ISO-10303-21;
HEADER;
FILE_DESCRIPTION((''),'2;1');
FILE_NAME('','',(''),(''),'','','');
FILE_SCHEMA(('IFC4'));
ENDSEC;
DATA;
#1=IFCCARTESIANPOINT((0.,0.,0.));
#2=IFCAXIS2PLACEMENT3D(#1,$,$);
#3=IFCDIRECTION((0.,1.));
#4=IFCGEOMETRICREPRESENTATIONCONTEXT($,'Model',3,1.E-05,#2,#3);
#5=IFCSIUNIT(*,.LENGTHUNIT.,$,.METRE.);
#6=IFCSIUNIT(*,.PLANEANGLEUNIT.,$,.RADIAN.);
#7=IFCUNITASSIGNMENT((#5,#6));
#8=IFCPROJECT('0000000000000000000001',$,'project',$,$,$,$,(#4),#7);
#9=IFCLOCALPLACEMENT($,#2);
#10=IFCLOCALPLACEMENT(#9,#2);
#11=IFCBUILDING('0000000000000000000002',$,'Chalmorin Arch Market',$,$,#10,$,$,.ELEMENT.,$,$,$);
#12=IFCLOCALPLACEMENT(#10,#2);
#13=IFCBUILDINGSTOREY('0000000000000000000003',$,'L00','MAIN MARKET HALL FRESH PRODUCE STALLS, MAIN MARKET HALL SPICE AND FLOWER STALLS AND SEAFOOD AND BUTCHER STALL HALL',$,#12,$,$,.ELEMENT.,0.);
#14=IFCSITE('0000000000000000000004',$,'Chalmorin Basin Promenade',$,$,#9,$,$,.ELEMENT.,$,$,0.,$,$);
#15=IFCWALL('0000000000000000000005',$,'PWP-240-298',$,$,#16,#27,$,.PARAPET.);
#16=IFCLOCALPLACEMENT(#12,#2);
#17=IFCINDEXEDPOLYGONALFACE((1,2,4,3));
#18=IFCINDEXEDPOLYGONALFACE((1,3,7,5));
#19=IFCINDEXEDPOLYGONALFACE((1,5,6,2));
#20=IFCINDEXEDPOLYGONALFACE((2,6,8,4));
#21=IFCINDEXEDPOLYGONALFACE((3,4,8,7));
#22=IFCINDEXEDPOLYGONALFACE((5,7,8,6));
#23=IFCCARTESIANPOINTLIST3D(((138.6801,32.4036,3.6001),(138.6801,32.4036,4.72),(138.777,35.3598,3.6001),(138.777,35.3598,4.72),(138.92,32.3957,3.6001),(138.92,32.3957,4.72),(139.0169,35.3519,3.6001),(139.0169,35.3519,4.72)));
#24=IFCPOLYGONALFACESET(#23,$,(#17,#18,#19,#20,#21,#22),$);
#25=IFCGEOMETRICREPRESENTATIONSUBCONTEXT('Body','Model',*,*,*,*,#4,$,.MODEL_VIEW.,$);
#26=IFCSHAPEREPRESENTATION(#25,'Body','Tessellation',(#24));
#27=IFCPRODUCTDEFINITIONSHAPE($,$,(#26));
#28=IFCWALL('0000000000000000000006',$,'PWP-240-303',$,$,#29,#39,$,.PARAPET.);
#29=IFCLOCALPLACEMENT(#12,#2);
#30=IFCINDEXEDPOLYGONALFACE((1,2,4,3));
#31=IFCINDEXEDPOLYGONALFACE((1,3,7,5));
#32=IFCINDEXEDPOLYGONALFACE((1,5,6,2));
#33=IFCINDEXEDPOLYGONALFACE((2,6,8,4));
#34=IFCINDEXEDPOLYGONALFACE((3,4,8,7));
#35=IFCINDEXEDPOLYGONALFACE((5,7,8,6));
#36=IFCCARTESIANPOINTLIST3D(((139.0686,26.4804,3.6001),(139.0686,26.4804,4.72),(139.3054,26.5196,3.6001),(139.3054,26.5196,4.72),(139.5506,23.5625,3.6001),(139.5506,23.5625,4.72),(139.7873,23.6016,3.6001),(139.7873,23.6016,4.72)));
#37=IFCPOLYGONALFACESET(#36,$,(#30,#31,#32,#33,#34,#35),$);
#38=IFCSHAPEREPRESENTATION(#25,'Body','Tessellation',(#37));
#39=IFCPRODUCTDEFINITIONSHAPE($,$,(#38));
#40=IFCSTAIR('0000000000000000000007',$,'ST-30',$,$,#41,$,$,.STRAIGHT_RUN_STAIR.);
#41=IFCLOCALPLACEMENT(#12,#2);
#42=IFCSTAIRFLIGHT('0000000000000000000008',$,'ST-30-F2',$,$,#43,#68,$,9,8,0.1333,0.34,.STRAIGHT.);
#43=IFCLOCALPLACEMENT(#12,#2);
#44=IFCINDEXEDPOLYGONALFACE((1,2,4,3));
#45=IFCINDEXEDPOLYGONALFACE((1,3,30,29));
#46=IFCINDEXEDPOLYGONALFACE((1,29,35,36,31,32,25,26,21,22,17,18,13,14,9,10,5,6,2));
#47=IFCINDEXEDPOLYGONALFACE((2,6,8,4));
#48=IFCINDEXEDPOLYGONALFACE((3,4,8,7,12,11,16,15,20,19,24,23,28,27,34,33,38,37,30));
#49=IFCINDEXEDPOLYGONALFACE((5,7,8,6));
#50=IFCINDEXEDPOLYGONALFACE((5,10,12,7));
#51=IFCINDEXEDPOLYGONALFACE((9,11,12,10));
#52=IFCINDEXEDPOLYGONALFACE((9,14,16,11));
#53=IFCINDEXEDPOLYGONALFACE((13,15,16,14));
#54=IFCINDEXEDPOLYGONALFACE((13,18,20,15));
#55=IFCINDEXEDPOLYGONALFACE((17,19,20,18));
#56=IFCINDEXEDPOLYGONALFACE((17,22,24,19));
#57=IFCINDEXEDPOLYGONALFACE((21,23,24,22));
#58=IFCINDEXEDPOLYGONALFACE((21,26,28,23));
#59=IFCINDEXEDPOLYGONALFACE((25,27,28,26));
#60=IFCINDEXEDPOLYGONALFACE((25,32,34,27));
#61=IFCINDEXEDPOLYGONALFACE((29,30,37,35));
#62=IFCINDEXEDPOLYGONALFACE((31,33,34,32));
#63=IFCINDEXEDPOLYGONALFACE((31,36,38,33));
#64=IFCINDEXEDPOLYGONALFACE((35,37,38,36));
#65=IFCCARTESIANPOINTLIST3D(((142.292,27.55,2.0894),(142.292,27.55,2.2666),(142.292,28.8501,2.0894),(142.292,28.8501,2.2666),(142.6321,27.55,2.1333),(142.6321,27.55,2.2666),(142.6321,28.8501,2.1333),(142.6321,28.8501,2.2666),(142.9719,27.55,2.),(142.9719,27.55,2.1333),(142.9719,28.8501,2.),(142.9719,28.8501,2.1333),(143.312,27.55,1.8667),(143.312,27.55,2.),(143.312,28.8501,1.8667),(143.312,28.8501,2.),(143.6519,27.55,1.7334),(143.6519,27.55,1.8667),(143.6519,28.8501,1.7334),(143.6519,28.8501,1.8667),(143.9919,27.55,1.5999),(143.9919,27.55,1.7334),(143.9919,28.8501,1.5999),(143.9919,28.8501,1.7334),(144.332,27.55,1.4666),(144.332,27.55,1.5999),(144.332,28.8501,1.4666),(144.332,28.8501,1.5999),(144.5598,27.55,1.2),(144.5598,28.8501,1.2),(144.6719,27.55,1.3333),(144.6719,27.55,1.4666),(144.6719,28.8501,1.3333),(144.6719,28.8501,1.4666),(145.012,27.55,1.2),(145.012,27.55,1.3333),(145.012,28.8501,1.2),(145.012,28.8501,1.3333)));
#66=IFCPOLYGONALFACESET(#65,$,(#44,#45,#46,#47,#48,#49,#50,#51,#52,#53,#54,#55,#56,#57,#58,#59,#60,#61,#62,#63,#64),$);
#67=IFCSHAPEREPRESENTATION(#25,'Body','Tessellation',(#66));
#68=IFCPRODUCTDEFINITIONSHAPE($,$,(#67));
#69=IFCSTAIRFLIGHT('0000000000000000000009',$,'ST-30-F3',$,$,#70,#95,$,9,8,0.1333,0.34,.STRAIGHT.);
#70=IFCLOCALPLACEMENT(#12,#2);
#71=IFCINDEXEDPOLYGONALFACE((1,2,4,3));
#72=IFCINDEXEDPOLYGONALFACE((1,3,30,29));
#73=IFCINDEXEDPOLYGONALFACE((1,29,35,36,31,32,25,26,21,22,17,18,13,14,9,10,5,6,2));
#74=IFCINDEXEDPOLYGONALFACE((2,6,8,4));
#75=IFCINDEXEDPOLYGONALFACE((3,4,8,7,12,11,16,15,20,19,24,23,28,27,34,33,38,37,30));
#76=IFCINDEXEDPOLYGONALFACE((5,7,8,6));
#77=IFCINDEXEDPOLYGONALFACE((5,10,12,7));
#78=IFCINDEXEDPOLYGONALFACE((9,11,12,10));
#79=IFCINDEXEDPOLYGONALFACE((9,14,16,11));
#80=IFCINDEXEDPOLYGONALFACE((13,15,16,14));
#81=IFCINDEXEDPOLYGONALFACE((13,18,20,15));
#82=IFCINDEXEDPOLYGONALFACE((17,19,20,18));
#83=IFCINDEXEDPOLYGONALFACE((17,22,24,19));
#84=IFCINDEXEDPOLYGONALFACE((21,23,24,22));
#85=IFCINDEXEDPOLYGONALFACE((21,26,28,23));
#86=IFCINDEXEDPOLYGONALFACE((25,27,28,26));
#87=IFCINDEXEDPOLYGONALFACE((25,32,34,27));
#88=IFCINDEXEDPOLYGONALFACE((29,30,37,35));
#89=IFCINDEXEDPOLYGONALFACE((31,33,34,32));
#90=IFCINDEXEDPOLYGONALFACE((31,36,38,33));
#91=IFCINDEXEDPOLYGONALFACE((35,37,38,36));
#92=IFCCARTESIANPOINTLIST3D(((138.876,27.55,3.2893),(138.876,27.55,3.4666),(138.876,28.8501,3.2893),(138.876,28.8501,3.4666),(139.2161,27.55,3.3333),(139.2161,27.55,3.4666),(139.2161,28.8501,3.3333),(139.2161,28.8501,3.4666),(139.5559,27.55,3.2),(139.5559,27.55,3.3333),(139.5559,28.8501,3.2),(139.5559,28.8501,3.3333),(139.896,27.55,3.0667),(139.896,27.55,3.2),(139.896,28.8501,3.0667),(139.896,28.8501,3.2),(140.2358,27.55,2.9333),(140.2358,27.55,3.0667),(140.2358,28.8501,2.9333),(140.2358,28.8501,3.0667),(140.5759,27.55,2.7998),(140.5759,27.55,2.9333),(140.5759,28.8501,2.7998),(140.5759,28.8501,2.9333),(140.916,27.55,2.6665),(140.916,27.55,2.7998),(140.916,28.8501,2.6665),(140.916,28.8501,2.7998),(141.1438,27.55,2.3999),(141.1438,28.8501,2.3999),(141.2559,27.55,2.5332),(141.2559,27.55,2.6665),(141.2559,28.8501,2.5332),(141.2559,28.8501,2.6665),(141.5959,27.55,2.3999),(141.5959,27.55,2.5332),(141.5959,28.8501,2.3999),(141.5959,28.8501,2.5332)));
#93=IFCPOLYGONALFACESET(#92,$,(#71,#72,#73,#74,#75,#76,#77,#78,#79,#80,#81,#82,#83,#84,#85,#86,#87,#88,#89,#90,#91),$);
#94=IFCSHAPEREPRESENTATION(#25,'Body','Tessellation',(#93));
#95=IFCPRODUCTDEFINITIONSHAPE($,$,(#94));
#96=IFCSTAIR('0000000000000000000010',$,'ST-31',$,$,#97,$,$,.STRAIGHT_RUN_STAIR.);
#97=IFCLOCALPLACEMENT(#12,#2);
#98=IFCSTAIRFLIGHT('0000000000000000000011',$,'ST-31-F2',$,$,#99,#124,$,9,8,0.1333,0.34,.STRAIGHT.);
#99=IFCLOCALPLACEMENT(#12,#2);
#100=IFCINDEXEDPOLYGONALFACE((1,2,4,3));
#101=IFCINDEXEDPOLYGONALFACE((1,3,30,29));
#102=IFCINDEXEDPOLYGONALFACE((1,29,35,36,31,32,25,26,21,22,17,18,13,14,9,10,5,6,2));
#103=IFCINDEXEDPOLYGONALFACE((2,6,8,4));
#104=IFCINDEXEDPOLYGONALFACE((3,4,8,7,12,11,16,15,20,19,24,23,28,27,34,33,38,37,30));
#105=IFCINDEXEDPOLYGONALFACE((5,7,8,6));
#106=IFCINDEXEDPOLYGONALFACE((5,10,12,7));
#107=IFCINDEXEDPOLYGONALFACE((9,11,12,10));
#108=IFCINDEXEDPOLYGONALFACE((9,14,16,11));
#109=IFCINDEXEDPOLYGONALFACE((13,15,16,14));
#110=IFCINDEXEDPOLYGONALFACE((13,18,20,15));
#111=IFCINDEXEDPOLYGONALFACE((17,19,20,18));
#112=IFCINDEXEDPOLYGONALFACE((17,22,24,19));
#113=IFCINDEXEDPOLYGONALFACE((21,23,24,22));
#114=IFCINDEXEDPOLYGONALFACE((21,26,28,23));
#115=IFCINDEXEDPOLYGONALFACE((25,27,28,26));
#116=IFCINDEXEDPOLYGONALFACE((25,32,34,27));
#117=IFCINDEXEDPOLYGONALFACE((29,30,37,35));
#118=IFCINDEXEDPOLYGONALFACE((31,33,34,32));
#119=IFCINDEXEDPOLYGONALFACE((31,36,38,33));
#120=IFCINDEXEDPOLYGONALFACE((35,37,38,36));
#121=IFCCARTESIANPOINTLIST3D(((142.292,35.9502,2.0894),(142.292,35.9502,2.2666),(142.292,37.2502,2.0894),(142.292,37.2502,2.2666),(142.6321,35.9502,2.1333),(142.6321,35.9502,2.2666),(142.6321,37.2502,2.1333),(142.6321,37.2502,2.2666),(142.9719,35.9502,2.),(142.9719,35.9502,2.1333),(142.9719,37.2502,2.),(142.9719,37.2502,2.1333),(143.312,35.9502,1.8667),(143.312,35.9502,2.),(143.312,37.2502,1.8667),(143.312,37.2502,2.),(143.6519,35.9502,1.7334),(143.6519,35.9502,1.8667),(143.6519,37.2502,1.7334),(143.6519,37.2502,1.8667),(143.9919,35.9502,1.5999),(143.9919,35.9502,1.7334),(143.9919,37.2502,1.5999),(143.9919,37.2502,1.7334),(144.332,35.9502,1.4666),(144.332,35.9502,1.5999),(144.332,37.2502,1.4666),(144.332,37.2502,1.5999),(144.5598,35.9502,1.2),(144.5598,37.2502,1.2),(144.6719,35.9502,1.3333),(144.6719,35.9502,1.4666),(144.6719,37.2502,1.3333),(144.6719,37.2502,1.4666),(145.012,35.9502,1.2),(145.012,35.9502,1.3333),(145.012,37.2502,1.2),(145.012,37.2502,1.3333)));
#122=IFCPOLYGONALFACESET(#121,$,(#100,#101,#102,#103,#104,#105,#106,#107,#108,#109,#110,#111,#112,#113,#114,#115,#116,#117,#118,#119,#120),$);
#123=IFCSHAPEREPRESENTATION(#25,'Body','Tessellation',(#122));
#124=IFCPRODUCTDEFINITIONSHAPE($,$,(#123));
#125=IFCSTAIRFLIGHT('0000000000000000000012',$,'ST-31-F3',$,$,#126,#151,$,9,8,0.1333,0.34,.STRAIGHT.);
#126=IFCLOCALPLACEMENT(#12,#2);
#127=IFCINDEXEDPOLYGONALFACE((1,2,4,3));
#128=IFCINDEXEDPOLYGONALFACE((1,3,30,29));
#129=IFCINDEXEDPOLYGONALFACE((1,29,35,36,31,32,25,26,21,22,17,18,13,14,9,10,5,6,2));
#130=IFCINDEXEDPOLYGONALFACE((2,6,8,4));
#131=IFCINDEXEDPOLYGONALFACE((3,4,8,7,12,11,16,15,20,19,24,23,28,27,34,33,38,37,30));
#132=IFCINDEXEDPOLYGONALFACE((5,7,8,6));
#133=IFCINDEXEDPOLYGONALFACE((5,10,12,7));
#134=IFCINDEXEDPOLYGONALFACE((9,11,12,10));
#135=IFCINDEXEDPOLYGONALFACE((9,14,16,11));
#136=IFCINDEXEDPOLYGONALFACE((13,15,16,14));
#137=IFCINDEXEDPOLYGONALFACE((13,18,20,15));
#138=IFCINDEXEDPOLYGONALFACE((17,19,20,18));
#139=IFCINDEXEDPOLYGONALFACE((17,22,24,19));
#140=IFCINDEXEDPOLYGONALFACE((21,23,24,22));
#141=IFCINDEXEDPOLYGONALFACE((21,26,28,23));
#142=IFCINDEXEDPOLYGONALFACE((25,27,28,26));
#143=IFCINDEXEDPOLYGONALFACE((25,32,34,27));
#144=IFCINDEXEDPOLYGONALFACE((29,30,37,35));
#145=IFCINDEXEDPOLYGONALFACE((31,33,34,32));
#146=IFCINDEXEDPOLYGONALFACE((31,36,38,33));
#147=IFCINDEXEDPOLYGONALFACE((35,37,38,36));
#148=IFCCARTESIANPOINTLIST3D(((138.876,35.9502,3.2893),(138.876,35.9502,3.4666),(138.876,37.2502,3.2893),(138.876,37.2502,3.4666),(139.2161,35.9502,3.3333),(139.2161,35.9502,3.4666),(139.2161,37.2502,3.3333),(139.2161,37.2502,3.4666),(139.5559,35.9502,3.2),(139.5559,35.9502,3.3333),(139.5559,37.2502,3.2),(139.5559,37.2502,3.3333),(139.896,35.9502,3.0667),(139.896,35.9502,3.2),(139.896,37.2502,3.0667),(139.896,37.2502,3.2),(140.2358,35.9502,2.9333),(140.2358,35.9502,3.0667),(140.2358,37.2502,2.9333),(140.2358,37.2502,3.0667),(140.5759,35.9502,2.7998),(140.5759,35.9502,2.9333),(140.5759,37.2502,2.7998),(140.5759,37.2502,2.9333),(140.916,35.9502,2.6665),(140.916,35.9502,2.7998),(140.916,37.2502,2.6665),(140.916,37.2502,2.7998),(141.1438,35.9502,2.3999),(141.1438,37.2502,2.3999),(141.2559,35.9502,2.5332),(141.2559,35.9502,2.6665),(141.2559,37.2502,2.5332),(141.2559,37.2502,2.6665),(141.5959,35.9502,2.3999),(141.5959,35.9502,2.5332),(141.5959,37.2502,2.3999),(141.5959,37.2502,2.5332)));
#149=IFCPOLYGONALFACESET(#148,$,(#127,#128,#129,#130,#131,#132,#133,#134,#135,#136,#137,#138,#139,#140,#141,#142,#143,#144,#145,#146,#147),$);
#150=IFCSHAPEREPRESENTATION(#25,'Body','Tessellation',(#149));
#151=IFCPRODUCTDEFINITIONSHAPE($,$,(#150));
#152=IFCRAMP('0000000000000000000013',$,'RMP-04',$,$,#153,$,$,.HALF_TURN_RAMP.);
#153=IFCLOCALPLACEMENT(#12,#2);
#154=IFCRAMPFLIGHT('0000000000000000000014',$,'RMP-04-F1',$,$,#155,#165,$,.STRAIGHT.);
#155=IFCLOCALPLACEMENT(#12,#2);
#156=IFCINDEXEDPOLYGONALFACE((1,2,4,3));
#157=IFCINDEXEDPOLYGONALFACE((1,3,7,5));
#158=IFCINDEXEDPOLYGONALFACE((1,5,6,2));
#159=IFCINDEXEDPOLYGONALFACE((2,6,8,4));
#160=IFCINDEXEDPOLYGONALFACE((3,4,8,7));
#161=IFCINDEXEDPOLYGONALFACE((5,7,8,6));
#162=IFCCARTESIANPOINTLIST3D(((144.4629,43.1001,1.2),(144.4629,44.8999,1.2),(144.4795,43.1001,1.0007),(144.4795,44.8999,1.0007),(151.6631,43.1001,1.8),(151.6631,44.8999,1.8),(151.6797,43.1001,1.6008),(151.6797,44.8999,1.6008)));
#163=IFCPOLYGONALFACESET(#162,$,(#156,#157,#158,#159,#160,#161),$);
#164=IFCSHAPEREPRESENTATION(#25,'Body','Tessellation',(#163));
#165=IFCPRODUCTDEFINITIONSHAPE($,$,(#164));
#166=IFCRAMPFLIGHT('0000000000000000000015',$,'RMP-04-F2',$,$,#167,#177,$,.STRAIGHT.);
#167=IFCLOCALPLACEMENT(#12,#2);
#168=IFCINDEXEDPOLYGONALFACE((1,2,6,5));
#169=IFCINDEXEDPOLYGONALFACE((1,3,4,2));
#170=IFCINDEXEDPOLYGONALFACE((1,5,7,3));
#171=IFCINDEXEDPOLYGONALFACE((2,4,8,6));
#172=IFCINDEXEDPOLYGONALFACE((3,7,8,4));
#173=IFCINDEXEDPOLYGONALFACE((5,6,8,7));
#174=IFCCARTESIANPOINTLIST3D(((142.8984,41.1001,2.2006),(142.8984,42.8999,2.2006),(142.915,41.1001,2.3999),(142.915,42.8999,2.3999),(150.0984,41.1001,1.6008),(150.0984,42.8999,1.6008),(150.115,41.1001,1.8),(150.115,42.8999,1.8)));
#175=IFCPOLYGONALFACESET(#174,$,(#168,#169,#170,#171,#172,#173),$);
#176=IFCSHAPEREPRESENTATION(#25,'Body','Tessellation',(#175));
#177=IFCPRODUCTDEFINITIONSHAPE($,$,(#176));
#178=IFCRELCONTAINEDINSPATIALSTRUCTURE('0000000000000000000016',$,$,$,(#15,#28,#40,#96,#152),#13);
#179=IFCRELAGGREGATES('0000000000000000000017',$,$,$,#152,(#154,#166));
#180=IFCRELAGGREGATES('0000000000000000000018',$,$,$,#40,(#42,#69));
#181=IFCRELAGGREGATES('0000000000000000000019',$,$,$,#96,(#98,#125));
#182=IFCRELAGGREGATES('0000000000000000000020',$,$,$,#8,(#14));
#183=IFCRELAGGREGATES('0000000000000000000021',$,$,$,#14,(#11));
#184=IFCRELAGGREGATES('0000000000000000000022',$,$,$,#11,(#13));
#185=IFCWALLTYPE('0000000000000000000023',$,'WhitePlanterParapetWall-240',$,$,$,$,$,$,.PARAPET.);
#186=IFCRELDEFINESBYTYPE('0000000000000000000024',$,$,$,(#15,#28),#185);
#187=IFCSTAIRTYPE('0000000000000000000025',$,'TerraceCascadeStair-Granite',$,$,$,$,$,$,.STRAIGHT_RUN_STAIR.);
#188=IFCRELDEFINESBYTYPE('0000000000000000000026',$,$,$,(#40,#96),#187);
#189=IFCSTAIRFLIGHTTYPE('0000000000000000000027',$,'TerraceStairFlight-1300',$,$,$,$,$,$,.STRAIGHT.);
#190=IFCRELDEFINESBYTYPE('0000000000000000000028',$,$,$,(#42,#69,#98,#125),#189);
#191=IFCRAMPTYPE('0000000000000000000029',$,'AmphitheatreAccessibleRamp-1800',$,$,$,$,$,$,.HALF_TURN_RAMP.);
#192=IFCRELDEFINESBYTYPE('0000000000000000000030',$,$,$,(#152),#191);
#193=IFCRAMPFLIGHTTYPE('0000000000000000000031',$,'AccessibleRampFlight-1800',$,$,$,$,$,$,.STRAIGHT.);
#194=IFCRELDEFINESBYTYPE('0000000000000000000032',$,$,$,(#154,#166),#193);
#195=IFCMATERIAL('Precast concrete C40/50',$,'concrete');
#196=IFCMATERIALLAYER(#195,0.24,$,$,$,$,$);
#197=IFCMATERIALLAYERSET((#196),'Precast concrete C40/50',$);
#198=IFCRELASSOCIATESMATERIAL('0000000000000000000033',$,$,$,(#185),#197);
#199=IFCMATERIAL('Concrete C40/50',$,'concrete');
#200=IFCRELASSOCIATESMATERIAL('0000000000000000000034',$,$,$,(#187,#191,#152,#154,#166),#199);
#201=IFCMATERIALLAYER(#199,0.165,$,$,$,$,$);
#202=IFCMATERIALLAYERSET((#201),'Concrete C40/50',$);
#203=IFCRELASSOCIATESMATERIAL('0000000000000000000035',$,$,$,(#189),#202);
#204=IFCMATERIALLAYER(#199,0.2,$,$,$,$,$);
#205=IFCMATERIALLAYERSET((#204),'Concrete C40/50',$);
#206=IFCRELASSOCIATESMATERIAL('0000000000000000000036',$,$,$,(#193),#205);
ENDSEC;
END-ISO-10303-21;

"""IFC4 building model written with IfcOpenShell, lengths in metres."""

from ifc_helpers import new_model, si_unit, direction, frame, frame_2d, origin, place, context, subcontext, project, spatial, polyline, rectangle, outline, extrude, material, layer, layer_set, type_object, element, aggregate, save


model = new_model("IFC4")

# Units and contexts
model_context = context("Model", 3, precision=1e-05, world=origin(), true_north=direction((0.0, 1.0)))
body_context = subcontext(model_context, "Body", "Model", "MODEL_VIEW")
ifc_project = project(units=[si_unit("LENGTHUNIT", "METRE"), si_unit("PLANEANGLEUNIT", "RADIAN")], contexts=[model_context])

# Site, building, storey
site_placement = place(None, origin())
site = spatial("IfcSite", under=ifc_project, at=site_placement, Name="Chalmorin Basin Promenade", CompositionType="ELEMENT", RefElevation=0.0)
building_placement = place(site_placement, origin())
building = spatial("IfcBuilding", under=site, at=building_placement, Name="Chalmorin Arch Market", CompositionType="ELEMENT")
storey_placement = place(building_placement, origin())
storey = spatial("IfcBuildingStorey", under=building, at=storey_placement, Name="L00", Description="MAIN MARKET HALL FRESH PRODUCE STALLS, MAIN MARKET HALL SPICE AND FLOWER STALLS AND SEAFOOD AND BUTCHER STALL HALL", CompositionType="ELEMENT", Elevation=0.0)

# Shared definitions
ifc_material_1 = material(Name="Concrete C40/50", Category="concrete")

# Walls
ifc_material_2 = material(Name="Precast concrete C40/50", Category="concrete")
ifc_layer_1 = layer(ifc_material_2, 0.24)
ifc_layer_set_1 = layer_set([ifc_layer_1], Name="Precast concrete C40/50")
wall_type_1 = type_object("IfcWallType", Name="WhitePlanterParapetWall-240", PredefinedType="PARAPET", material=ifc_layer_set_1)
wall_1_placement = place(storey_placement, frame((138.897, 35.356, 3.6001), z_axis=(0.0, 0.0, 1.0), x_axis=(-0.032771, -0.999463, 0.0)))
element("IfcWall", 1, at=wall_1_placement, inside=storey, type_object=wall_type_1, Name="PWP-240-298", PredefinedType="PARAPET", context=body_context, shape_type="SweptSolid", body=[
    extrude(rectangle(XDim=2.9578, YDim=0.24, at=frame_2d((1.479, 0.0))), origin(), (0.0, 0.0, 1.0), 1.1199),
])
wall_2_placement = place(storey_placement, frame((139.187, 26.5, 3.6001), z_axis=(0.0, 0.0, 1.0), x_axis=(0.162953, -0.986634, 0.0)))
element("IfcWall", 2, at=wall_2_placement, inside=storey, type_object=wall_type_1, Name="PWP-240-303", PredefinedType="PARAPET", context=body_context, shape_type="SweptSolid", body=[
    extrude(rectangle(XDim=2.9575, YDim=0.24, at=frame_2d((1.4788, 0.0))), origin(), (0.0, 0.0, 1.0), 1.1199),
])

# Stairs, stair flights
stair_type = type_object("IfcStairType", Name="TerraceCascadeStair-Granite", PredefinedType="STRAIGHT_RUN_STAIR", material=ifc_material_1)
stair_1_placement = place(storey_placement, origin())
stair_1 = element("IfcStair", 3, at=stair_1_placement, inside=storey, type_object=stair_type, Name="ST-30", PredefinedType="STRAIGHT_RUN_STAIR")
ifc_layer_2 = layer(ifc_material_1, 0.165)
ifc_layer_set_2 = layer_set([ifc_layer_2], Name="Concrete C40/50")
stair_flight_type = type_object("IfcStairFlightType", Name="TerraceStairFlight-1300", PredefinedType="STRAIGHT", material=ifc_layer_set_2)
stair_flight_1_placement = place(storey_placement, frame((145.012, 28.2, 1.2), z_axis=(0.0, 0.0, 1.0), x_axis=(-1.0, 0.0, 0.0)))
stair_flight_1 = element("IfcStairFlight", 4, at=stair_flight_1_placement, type_object=stair_flight_type, Name="ST-30-F2", NumberOfRisers=9, NumberOfTreads=8, PredefinedType="STRAIGHT", RiserHeight=0.1333, TreadLength=0.34, context=body_context, shape_type="SweptSolid", body=[
    extrude(outline(polyline([(0.0, 0.0), (0.0, 0.1333), (0.3401, 0.1333), (0.3401, 0.2666), (0.6799, 0.2666), (0.6799, 0.3999), (1.02, 0.3999), (1.02, 0.5334), (1.3601, 0.5334), (1.3601, 0.6667), (1.7, 0.6667), (1.7, 0.8), (2.04, 0.8), (2.04, 0.9333), (2.3799, 0.9333), (2.3799, 1.0667), (2.72, 1.0667), (2.72, 1.2), (2.72, 0.8894), (0.4521, 0.0), (0.0, 0.0)])), frame((0.0, 0.6499, 0.0), z_axis=(0.0, -1.0, 0.0), x_axis=(1.0, 0.0, 0.0)), (0.0, 0.0, 1.0), 1.3),
])
stair_flight_2_placement = place(storey_placement, frame((141.5959, 28.2, 2.3999), z_axis=(0.0, 0.0, 1.0), x_axis=(-1.0, 0.0, 0.0)))
stair_flight_2 = element("IfcStairFlight", 5, at=stair_flight_2_placement, type_object=stair_flight_type, Name="ST-30-F3", NumberOfRisers=9, NumberOfTreads=8, PredefinedType="STRAIGHT", RiserHeight=0.1333, TreadLength=0.34, context=body_context, shape_type="SweptSolid", body=[
    extrude(outline(polyline([(0.0, 0.0), (0.0, 0.1333), (0.3401, 0.1333), (0.3401, 0.2666), (0.6799, 0.2666), (0.6799, 0.3999), (1.02, 0.3999), (1.02, 0.5334), (1.3601, 0.5334), (1.3601, 0.6667), (1.7, 0.6667), (1.7, 0.8), (2.04, 0.8), (2.04, 0.9333), (2.3799, 0.9333), (2.3799, 1.0667), (2.72, 1.0667), (2.72, 1.2), (2.72, 0.8894), (0.4521, 0.0), (0.0, 0.0)])), frame((0.0, 0.6499, 0.0), z_axis=(0.0, -1.0, 0.0), x_axis=(1.0, 0.0, 0.0)), (0.0, 0.0, 1.0), 1.3),
])
stair_2_placement = place(storey_placement, origin())
stair_2 = element("IfcStair", 6, at=stair_2_placement, inside=storey, type_object=stair_type, Name="ST-31", PredefinedType="STRAIGHT_RUN_STAIR")
stair_flight_3_placement = place(storey_placement, frame((145.012, 36.6001, 1.2), z_axis=(0.0, 0.0, 1.0), x_axis=(-1.0, 0.0, 0.0)))
stair_flight_3 = element("IfcStairFlight", 7, at=stair_flight_3_placement, type_object=stair_flight_type, Name="ST-31-F2", NumberOfRisers=9, NumberOfTreads=8, PredefinedType="STRAIGHT", RiserHeight=0.1333, TreadLength=0.34, context=body_context, shape_type="SweptSolid", body=[
    extrude(outline(polyline([(0.0, 0.0), (0.0, 0.1333), (0.3401, 0.1333), (0.3401, 0.2666), (0.6799, 0.2666), (0.6799, 0.3999), (1.02, 0.3999), (1.02, 0.5334), (1.3601, 0.5334), (1.3601, 0.6667), (1.7, 0.6667), (1.7, 0.8), (2.04, 0.8), (2.04, 0.9333), (2.3799, 0.9333), (2.3799, 1.0667), (2.72, 1.0667), (2.72, 1.2), (2.72, 0.8894), (0.4521, 0.0), (0.0, 0.0)])), frame((0.0, 0.6499, 0.0), z_axis=(0.0, -1.0, 0.0), x_axis=(1.0, 0.0, 0.0)), (0.0, 0.0, 1.0), 1.3),
])
stair_flight_4_placement = place(storey_placement, frame((141.5959, 36.6001, 2.3999), z_axis=(0.0, 0.0, 1.0), x_axis=(-1.0, 0.0, 0.0)))
stair_flight_4 = element("IfcStairFlight", 8, at=stair_flight_4_placement, type_object=stair_flight_type, Name="ST-31-F3", NumberOfRisers=9, NumberOfTreads=8, PredefinedType="STRAIGHT", RiserHeight=0.1333, TreadLength=0.34, context=body_context, shape_type="SweptSolid", body=[
    extrude(outline(polyline([(0.0, 0.0), (0.0, 0.1333), (0.3401, 0.1333), (0.3401, 0.2666), (0.6799, 0.2666), (0.6799, 0.3999), (1.02, 0.3999), (1.02, 0.5334), (1.3601, 0.5334), (1.3601, 0.6667), (1.7, 0.6667), (1.7, 0.8), (2.04, 0.8), (2.04, 0.9333), (2.3799, 0.9333), (2.3799, 1.0667), (2.72, 1.0667), (2.72, 1.2), (2.72, 0.8894), (0.4521, 0.0), (0.0, 0.0)])), frame((0.0, 0.6499, 0.0), z_axis=(0.0, -1.0, 0.0), x_axis=(1.0, 0.0, 0.0)), (0.0, 0.0, 1.0), 1.3),
])

# Ramp, ramp flights
ramp_type = type_object("IfcRampType", Name="AmphitheatreAccessibleRamp-1800", PredefinedType="HALF_TURN_RAMP", material=ifc_material_1)
ramp_1_placement = place(storey_placement, origin())
ramp_1 = element("IfcRamp", 9, at=ramp_1_placement, inside=storey, type_object=ramp_type, material=ifc_material_1, Name="RMP-04", PredefinedType="HALF_TURN_RAMP")
ifc_layer_3 = layer(ifc_material_1, 0.2)
ifc_layer_set_3 = layer_set([ifc_layer_3], Name="Concrete C40/50")
ramp_flight_type = type_object("IfcRampFlightType", Name="AccessibleRampFlight-1800", PredefinedType="STRAIGHT", material=ifc_layer_set_3)
ramp_flight_1_placement = place(storey_placement, frame((144.4629, 43.1001, 1.2), z_axis=(-0.083057, 0.0, 0.996545), x_axis=(0.996545, 0.0, 0.083057)))
ramp_flight_1 = element("IfcRampFlight", 10, at=ramp_flight_1_placement, type_object=ramp_flight_type, material=ifc_material_1, Name="RMP-04-F1", PredefinedType="STRAIGHT", context=body_context, shape_type="SweptSolid", body=[
    extrude(outline(polyline([(0.0, 0.0), (7.2252, 0.0), (7.2252, 1.7998), (0.0, 1.7998), (0.0, 0.0)])), origin(), (0.0, 0.0, -1.0), 0.2),
])
ramp_flight_2_placement = place(storey_placement, frame((142.915, 41.1001, 2.3999), z_axis=(0.083026, 0.0, 0.996547), x_axis=(0.996547, 0.0, -0.083026)))
ramp_flight_2 = element("IfcRampFlight", 11, at=ramp_flight_2_placement, type_object=ramp_flight_type, material=ifc_material_1, Name="RMP-04-F2", PredefinedType="STRAIGHT", context=body_context, shape_type="SweptSolid", body=[
    extrude(outline(polyline([(0.0, 0.0), (7.2249, 0.0), (7.2249, 1.7998), (0.0, 1.7998), (0.0, 0.0)])), origin(), (0.0, 0.0, -1.0), 0.2),
])
aggregate(ramp_1, [ramp_flight_1, ramp_flight_2])

aggregate(stair_1, [stair_flight_1, stair_flight_2])
aggregate(stair_2, [stair_flight_3, stair_flight_4])

save(model, "model.ifc")
